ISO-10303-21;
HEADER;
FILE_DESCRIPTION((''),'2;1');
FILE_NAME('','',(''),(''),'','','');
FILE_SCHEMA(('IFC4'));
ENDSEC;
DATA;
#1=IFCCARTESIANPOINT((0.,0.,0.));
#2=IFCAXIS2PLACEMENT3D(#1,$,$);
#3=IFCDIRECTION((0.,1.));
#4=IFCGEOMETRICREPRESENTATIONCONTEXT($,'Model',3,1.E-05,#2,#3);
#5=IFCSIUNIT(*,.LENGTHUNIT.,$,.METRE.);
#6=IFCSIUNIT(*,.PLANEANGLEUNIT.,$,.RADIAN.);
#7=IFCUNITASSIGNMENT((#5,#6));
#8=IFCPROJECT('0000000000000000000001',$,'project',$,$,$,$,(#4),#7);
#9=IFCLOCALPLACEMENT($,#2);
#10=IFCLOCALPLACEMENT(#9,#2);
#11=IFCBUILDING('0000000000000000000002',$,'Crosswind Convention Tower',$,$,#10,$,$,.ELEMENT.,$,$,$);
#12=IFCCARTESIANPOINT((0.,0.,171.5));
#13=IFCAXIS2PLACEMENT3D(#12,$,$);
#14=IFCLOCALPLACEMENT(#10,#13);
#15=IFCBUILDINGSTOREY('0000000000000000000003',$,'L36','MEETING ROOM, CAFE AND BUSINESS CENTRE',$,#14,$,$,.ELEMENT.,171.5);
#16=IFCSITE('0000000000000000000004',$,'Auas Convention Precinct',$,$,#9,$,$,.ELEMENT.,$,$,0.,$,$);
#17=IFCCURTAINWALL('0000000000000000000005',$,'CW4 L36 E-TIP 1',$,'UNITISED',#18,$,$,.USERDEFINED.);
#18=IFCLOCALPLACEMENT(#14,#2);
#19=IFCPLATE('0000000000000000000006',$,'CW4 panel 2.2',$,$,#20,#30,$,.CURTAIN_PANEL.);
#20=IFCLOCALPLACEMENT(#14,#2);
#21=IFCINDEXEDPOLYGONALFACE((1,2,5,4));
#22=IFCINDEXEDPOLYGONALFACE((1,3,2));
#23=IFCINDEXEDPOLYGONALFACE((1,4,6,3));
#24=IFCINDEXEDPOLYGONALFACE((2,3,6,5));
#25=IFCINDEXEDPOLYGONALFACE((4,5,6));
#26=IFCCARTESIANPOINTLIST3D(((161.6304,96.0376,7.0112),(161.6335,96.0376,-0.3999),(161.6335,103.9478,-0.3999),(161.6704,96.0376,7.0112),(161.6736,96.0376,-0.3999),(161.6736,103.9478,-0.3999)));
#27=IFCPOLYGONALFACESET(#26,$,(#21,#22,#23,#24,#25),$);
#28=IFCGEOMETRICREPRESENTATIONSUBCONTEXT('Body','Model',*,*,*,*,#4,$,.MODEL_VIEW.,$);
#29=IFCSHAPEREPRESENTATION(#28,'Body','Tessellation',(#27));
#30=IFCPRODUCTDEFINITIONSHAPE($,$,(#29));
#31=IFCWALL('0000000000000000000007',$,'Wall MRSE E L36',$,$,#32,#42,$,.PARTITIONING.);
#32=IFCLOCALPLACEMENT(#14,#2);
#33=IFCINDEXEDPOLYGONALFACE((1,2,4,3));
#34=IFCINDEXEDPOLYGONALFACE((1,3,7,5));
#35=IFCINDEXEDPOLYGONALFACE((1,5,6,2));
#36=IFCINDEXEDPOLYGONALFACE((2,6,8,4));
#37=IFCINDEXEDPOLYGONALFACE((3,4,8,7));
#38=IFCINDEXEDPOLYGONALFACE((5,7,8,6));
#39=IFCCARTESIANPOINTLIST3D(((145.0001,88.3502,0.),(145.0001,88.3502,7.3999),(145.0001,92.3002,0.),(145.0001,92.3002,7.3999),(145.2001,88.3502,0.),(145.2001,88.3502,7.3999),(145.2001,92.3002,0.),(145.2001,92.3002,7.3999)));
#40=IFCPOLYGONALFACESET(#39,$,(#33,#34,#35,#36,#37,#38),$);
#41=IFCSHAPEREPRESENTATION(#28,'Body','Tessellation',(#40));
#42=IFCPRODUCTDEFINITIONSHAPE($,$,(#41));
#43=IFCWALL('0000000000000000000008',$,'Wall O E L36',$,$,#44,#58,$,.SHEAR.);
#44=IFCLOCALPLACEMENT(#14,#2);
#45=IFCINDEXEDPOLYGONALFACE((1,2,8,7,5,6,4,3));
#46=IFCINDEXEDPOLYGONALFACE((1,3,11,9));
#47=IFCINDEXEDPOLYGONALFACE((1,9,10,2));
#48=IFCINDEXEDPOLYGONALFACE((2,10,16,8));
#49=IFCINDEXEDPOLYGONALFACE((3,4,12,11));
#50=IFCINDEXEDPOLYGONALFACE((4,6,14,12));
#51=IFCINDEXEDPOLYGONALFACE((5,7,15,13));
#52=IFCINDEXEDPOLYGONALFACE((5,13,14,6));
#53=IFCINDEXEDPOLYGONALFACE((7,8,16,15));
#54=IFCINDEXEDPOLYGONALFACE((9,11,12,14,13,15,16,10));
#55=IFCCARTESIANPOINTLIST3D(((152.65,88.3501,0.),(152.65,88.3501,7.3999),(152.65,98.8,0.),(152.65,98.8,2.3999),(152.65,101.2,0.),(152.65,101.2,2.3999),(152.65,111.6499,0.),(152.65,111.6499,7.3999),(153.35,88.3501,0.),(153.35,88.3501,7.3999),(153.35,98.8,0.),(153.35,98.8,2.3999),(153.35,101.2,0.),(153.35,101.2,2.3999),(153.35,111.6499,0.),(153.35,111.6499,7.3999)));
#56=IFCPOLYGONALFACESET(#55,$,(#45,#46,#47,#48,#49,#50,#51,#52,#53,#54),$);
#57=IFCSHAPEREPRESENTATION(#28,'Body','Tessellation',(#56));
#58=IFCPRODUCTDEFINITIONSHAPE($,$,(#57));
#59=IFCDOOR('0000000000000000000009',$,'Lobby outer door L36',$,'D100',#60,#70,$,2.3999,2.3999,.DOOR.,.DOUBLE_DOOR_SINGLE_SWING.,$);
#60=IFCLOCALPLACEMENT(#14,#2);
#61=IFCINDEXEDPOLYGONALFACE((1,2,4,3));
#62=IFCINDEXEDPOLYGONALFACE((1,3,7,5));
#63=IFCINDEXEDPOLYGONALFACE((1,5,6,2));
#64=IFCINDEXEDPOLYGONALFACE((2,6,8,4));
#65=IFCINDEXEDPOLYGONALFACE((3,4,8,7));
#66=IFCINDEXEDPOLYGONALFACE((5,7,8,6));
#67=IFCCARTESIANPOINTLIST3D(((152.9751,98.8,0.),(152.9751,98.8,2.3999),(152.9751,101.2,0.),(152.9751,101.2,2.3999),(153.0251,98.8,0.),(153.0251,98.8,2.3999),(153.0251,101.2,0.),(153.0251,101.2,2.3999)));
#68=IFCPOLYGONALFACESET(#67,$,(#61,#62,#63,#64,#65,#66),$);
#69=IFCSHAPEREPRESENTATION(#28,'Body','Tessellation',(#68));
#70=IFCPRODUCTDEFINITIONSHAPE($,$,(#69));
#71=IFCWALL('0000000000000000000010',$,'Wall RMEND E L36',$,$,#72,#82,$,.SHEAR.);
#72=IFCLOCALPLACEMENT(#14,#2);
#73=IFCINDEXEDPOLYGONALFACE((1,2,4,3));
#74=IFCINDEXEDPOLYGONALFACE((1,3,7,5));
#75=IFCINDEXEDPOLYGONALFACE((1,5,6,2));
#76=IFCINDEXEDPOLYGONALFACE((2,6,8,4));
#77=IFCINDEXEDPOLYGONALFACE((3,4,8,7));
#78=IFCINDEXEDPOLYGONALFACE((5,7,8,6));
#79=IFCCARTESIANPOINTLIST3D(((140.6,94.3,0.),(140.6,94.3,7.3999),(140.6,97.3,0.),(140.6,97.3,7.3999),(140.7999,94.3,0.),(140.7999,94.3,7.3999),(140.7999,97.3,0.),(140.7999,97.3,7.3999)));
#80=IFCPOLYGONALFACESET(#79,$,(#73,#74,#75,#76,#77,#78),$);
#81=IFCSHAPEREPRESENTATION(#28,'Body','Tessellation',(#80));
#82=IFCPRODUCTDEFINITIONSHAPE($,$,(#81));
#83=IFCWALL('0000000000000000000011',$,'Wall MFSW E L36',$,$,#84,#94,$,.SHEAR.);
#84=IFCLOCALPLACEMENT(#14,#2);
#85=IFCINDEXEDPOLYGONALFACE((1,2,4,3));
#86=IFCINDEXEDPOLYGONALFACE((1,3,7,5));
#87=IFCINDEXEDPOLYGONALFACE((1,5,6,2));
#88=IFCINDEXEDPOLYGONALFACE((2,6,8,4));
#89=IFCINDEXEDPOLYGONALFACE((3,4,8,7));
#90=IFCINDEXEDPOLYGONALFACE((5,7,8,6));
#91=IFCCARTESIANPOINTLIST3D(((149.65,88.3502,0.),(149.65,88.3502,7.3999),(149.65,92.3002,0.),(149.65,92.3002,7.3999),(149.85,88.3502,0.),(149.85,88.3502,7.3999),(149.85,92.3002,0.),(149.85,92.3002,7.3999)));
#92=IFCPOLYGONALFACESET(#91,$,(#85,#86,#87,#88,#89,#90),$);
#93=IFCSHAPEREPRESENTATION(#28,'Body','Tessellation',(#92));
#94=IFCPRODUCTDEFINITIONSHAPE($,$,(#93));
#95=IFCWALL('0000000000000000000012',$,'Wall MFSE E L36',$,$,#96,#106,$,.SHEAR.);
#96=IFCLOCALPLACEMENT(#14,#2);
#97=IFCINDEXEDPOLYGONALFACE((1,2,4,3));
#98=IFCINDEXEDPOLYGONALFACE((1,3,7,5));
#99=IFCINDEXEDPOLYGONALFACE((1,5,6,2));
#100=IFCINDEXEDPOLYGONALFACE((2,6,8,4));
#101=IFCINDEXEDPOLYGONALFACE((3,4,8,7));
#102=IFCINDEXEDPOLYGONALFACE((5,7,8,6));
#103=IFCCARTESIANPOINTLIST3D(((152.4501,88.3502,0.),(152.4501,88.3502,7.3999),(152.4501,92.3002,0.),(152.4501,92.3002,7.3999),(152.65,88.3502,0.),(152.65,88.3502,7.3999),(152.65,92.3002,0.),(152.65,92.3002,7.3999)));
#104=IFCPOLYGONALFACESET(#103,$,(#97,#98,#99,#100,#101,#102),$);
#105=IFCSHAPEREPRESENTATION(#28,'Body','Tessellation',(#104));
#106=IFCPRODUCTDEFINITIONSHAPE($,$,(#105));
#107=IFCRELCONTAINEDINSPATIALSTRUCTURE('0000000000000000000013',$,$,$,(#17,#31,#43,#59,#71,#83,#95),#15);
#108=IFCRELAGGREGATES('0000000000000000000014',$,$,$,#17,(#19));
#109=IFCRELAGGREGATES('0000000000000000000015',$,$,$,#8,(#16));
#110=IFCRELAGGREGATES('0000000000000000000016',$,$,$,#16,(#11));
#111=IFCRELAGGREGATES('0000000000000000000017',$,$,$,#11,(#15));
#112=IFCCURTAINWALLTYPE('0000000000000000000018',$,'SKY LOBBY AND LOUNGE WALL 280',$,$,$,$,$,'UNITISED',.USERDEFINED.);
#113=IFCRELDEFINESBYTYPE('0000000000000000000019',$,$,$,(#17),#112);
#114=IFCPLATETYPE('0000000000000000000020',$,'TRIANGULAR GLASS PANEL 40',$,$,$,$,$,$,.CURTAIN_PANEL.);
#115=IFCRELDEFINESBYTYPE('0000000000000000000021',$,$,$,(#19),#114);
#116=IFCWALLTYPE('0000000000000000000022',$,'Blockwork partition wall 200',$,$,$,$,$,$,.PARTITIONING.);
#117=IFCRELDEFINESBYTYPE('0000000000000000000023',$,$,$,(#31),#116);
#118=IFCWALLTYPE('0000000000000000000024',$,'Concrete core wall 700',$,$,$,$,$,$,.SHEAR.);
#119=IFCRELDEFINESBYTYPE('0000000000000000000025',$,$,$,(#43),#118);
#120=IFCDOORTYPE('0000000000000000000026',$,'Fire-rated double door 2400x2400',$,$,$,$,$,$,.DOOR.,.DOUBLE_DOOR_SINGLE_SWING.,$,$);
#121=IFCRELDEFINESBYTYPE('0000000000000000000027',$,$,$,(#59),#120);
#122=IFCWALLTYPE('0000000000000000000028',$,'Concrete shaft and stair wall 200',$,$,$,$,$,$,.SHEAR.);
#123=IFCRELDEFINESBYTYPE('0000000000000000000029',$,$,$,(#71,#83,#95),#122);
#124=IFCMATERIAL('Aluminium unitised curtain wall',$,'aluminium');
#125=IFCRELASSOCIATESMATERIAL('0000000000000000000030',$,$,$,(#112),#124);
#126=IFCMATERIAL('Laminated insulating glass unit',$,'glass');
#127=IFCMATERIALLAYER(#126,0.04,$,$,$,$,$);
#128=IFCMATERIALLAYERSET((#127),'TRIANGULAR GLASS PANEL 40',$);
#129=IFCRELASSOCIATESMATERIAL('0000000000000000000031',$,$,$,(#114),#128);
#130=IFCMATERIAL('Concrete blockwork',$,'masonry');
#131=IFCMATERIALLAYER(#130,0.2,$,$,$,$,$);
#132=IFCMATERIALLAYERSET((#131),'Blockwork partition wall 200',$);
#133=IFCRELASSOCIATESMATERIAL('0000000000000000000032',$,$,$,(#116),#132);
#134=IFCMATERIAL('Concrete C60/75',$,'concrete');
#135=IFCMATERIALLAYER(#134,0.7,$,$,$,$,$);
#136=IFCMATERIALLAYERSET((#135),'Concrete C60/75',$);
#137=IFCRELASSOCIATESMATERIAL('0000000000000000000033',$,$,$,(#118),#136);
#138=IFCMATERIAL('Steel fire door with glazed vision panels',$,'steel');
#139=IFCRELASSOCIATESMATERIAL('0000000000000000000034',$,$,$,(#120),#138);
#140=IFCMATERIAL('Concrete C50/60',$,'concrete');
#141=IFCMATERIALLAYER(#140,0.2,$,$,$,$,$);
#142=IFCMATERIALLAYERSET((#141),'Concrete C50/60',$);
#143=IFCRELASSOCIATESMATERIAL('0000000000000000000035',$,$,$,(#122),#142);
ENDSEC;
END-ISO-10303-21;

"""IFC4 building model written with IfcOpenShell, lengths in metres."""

from ifc_helpers import new_model, si_unit, direction, frame, frame_2d, origin, place, context, subcontext, project, spatial, polyline, rectangle, outline, extrude, material, layer, layer_set, type_object, element, fill, aggregate, save


model = new_model("IFC4")

# Units and contexts
model_context = context("Model", 3, precision=1e-05, world=origin(), true_north=direction((0.0, 1.0)))
body_context = subcontext(model_context, "Body", "Model", "MODEL_VIEW")
ifc_project = project(units=[si_unit("LENGTHUNIT", "METRE"), si_unit("PLANEANGLEUNIT", "RADIAN")], contexts=[model_context])

# Site, building, storey
site_placement = place(None, origin())
site = spatial("IfcSite", under=ifc_project, at=site_placement, Name="Auas Convention Precinct", CompositionType="ELEMENT", RefElevation=0.0)
building_placement = place(site_placement, origin())
building = spatial("IfcBuilding", under=site, at=building_placement, Name="Crosswind Convention Tower", CompositionType="ELEMENT")
storey_placement = place(building_placement, frame((0.0, 0.0, 171.5)))
storey = spatial("IfcBuildingStorey", under=building, at=storey_placement, Name="L36", Description="MEETING ROOM, CAFE AND BUSINESS CENTRE", CompositionType="ELEMENT", Elevation=171.5)

# Shared definitions
ifc_material_1 = material(Name="Concrete C60/75", Category="concrete")

# Curtain wall
ifc_material_2 = material(Name="Aluminium unitised curtain wall", Category="aluminium")
curtain_wall_type = type_object("IfcCurtainWallType", Name="SKY LOBBY AND LOUNGE WALL 280", ElementType="UNITISED", PredefinedType="USERDEFINED", material=ifc_material_2)
curtain_wall_placement = place(storey_placement, origin())
curtain_wall = element("IfcCurtainWall", 1, at=curtain_wall_placement, inside=storey, type_object=curtain_wall_type, Name="CW4 L36 E-TIP 1", ObjectType="UNITISED", PredefinedType="USERDEFINED")

# Plate
ifc_material_3 = material(Name="Laminated insulating glass unit", Category="glass")
ifc_layer_1 = layer(ifc_material_3, 0.04)
ifc_layer_set_1 = layer_set([ifc_layer_1], Name="TRIANGULAR GLASS PANEL 40")
plate_type = type_object("IfcPlateType", Name="TRIANGULAR GLASS PANEL 40", PredefinedType="CURTAIN_PANEL", material=ifc_layer_set_1)
plate_1_placement = place(storey_placement, frame((161.6736, 96.0376, -0.3999), z_axis=(1.0, 0.0, 0.000428), x_axis=(0.0, 1.0, 0.0)))
plate_1 = element("IfcPlate", 2, at=plate_1_placement, type_object=plate_type, Name="CW4 panel 2.2", PredefinedType="CURTAIN_PANEL", context=body_context, shape_type="SweptSolid", body=[
    extrude(outline(polyline([(0.0, 0.0), (7.9102, 0.0), (0.0, 7.4111), (0.0, 0.0)])), origin(), (0.0, 0.0, -1.0), 0.04),
])
aggregate(curtain_wall, [plate_1])

# Wall
ifc_material_4 = material(Name="Concrete blockwork", Category="masonry")
ifc_layer_2 = layer(ifc_material_4, 0.2)
ifc_layer_set_2 = layer_set([ifc_layer_2], Name="Blockwork partition wall 200")
wall_type_1 = type_object("IfcWallType", Name="Blockwork partition wall 200", PredefinedType="PARTITIONING", material=ifc_layer_set_2)
wall_1_placement = place(storey_placement, frame((145.1001, 88.3501, 0.0), z_axis=(0.0, 0.0, 1.0), x_axis=(0.0, 1.0, 0.0)))
element("IfcWall", 3, at=wall_1_placement, inside=storey, type_object=wall_type_1, Name="Wall MRSE E L36", PredefinedType="PARTITIONING", context=body_context, shape_type="SweptSolid", body=[
    extrude(rectangle(XDim=3.95, YDim=0.2, at=frame_2d((1.9751, 0.0))), origin(), (0.0, 0.0, 1.0), 7.3999),
])

# Wall, opening, door
ifc_layer_3 = layer(ifc_material_1, 0.7)
ifc_layer_set_3 = layer_set([ifc_layer_3], Name="Concrete C60/75")
wall_type_2 = type_object("IfcWallType", Name="Concrete core wall 700", PredefinedType="SHEAR", material=ifc_layer_set_3)
wall_2_placement = place(storey_placement, frame((153.0, 88.3501, 0.0), z_axis=(0.0, 0.0, 1.0), x_axis=(0.0, 1.0, 0.0)))
wall_2 = element("IfcWall", 4, at=wall_2_placement, inside=storey, type_object=wall_type_2, Name="Wall O E L36", PredefinedType="SHEAR", context=body_context, shape_type="SweptSolid", body=[
    extrude(rectangle(XDim=23.2998, YDim=0.7, at=frame_2d((11.6499, 0.0))), origin(), (0.0, 0.0, 1.0), 7.3999),
])
opening_1_placement = place(wall_2_placement, frame((10.45, 0.0, 0.0)))
opening_1 = element("IfcOpeningElement", 5, at=opening_1_placement, cuts=wall_2, PredefinedType="OPENING", context=body_context, shape_type="SweptSolid", body=[
    extrude(rectangle(XDim=2.3999, YDim=2.3999, at=frame_2d((1.2, 1.2))), frame((0.0, 0.3599, 0.0), z_axis=(0.0, -1.0, 0.0), x_axis=(1.0, 0.0, 0.0)), (0.0, 0.0, 1.0), 0.72),
])
ifc_material_5 = material(Name="Steel fire door with glazed vision panels", Category="steel")
door_type_1 = type_object("IfcDoorType", Name="Fire-rated double door 2400x2400", OperationType="DOUBLE_DOOR_SINGLE_SWING", PredefinedType="DOOR", material=ifc_material_5)
door_1_placement = place(opening_1_placement, origin())
door_1 = element("IfcDoor", 6, at=door_1_placement, inside=storey, type_object=door_type_1, Name="Lobby outer door L36", ObjectType="D100", OperationType="DOUBLE_DOOR_SINGLE_SWING", OverallHeight=2.3999, OverallWidth=2.3999, PredefinedType="DOOR", context=body_context, shape_type="SweptSolid", body=[
    extrude(rectangle(XDim=2.3999, YDim=2.3999, at=frame_2d((1.2, 1.2))), frame((0.0, 0.0249, 0.0), z_axis=(0.0, -1.0, 0.0), x_axis=(1.0, 0.0, 0.0)), (0.0, 0.0, 1.0), 0.05),
])
fill(opening_1, door_1)

# Walls
ifc_material_6 = material(Name="Concrete C50/60", Category="concrete")
ifc_layer_4 = layer(ifc_material_6, 0.2)
ifc_layer_set_4 = layer_set([ifc_layer_4], Name="Concrete C50/60")
wall_type_3 = type_object("IfcWallType", Name="Concrete shaft and stair wall 200", PredefinedType="SHEAR", material=ifc_layer_set_4)
wall_3_placement = place(storey_placement, frame((140.7, 94.3, 0.0), z_axis=(0.0, 0.0, 1.0), x_axis=(0.0, 1.0, 0.0)))
element("IfcWall", 7, at=wall_3_placement, inside=storey, type_object=wall_type_3, Name="Wall RMEND E L36", PredefinedType="SHEAR", context=body_context, shape_type="SweptSolid", body=[
    extrude(rectangle(XDim=3.0, YDim=0.2, at=frame_2d((1.5, 0.0))), origin(), (0.0, 0.0, 1.0), 7.3999),
])
for number, where, z_axis, x_axis, name in (
    (8, (149.75, 88.3501, 0.0), (0.0, 0.0, 1.0), (0.0, 1.0, 0.0), "Wall MFSW E L36"),
    (9, (152.55, 88.3501, 0.0), (0.0, 0.0, 1.0), (0.0, 1.0, 0.0), "Wall MFSE E L36"),
):
    element("IfcWall", number, at=place(storey_placement, frame(where, z_axis=z_axis, x_axis=x_axis)), inside=storey, type_object=wall_type_3, Name=name, PredefinedType="SHEAR", context=body_context, shape_type="SweptSolid", body=[
        extrude(rectangle(XDim=3.95, YDim=0.2, at=frame_2d((1.9751, 0.0))), origin(), (0.0, 0.0, 1.0), 7.3999),
    ])

save(model, "model.ifc")
